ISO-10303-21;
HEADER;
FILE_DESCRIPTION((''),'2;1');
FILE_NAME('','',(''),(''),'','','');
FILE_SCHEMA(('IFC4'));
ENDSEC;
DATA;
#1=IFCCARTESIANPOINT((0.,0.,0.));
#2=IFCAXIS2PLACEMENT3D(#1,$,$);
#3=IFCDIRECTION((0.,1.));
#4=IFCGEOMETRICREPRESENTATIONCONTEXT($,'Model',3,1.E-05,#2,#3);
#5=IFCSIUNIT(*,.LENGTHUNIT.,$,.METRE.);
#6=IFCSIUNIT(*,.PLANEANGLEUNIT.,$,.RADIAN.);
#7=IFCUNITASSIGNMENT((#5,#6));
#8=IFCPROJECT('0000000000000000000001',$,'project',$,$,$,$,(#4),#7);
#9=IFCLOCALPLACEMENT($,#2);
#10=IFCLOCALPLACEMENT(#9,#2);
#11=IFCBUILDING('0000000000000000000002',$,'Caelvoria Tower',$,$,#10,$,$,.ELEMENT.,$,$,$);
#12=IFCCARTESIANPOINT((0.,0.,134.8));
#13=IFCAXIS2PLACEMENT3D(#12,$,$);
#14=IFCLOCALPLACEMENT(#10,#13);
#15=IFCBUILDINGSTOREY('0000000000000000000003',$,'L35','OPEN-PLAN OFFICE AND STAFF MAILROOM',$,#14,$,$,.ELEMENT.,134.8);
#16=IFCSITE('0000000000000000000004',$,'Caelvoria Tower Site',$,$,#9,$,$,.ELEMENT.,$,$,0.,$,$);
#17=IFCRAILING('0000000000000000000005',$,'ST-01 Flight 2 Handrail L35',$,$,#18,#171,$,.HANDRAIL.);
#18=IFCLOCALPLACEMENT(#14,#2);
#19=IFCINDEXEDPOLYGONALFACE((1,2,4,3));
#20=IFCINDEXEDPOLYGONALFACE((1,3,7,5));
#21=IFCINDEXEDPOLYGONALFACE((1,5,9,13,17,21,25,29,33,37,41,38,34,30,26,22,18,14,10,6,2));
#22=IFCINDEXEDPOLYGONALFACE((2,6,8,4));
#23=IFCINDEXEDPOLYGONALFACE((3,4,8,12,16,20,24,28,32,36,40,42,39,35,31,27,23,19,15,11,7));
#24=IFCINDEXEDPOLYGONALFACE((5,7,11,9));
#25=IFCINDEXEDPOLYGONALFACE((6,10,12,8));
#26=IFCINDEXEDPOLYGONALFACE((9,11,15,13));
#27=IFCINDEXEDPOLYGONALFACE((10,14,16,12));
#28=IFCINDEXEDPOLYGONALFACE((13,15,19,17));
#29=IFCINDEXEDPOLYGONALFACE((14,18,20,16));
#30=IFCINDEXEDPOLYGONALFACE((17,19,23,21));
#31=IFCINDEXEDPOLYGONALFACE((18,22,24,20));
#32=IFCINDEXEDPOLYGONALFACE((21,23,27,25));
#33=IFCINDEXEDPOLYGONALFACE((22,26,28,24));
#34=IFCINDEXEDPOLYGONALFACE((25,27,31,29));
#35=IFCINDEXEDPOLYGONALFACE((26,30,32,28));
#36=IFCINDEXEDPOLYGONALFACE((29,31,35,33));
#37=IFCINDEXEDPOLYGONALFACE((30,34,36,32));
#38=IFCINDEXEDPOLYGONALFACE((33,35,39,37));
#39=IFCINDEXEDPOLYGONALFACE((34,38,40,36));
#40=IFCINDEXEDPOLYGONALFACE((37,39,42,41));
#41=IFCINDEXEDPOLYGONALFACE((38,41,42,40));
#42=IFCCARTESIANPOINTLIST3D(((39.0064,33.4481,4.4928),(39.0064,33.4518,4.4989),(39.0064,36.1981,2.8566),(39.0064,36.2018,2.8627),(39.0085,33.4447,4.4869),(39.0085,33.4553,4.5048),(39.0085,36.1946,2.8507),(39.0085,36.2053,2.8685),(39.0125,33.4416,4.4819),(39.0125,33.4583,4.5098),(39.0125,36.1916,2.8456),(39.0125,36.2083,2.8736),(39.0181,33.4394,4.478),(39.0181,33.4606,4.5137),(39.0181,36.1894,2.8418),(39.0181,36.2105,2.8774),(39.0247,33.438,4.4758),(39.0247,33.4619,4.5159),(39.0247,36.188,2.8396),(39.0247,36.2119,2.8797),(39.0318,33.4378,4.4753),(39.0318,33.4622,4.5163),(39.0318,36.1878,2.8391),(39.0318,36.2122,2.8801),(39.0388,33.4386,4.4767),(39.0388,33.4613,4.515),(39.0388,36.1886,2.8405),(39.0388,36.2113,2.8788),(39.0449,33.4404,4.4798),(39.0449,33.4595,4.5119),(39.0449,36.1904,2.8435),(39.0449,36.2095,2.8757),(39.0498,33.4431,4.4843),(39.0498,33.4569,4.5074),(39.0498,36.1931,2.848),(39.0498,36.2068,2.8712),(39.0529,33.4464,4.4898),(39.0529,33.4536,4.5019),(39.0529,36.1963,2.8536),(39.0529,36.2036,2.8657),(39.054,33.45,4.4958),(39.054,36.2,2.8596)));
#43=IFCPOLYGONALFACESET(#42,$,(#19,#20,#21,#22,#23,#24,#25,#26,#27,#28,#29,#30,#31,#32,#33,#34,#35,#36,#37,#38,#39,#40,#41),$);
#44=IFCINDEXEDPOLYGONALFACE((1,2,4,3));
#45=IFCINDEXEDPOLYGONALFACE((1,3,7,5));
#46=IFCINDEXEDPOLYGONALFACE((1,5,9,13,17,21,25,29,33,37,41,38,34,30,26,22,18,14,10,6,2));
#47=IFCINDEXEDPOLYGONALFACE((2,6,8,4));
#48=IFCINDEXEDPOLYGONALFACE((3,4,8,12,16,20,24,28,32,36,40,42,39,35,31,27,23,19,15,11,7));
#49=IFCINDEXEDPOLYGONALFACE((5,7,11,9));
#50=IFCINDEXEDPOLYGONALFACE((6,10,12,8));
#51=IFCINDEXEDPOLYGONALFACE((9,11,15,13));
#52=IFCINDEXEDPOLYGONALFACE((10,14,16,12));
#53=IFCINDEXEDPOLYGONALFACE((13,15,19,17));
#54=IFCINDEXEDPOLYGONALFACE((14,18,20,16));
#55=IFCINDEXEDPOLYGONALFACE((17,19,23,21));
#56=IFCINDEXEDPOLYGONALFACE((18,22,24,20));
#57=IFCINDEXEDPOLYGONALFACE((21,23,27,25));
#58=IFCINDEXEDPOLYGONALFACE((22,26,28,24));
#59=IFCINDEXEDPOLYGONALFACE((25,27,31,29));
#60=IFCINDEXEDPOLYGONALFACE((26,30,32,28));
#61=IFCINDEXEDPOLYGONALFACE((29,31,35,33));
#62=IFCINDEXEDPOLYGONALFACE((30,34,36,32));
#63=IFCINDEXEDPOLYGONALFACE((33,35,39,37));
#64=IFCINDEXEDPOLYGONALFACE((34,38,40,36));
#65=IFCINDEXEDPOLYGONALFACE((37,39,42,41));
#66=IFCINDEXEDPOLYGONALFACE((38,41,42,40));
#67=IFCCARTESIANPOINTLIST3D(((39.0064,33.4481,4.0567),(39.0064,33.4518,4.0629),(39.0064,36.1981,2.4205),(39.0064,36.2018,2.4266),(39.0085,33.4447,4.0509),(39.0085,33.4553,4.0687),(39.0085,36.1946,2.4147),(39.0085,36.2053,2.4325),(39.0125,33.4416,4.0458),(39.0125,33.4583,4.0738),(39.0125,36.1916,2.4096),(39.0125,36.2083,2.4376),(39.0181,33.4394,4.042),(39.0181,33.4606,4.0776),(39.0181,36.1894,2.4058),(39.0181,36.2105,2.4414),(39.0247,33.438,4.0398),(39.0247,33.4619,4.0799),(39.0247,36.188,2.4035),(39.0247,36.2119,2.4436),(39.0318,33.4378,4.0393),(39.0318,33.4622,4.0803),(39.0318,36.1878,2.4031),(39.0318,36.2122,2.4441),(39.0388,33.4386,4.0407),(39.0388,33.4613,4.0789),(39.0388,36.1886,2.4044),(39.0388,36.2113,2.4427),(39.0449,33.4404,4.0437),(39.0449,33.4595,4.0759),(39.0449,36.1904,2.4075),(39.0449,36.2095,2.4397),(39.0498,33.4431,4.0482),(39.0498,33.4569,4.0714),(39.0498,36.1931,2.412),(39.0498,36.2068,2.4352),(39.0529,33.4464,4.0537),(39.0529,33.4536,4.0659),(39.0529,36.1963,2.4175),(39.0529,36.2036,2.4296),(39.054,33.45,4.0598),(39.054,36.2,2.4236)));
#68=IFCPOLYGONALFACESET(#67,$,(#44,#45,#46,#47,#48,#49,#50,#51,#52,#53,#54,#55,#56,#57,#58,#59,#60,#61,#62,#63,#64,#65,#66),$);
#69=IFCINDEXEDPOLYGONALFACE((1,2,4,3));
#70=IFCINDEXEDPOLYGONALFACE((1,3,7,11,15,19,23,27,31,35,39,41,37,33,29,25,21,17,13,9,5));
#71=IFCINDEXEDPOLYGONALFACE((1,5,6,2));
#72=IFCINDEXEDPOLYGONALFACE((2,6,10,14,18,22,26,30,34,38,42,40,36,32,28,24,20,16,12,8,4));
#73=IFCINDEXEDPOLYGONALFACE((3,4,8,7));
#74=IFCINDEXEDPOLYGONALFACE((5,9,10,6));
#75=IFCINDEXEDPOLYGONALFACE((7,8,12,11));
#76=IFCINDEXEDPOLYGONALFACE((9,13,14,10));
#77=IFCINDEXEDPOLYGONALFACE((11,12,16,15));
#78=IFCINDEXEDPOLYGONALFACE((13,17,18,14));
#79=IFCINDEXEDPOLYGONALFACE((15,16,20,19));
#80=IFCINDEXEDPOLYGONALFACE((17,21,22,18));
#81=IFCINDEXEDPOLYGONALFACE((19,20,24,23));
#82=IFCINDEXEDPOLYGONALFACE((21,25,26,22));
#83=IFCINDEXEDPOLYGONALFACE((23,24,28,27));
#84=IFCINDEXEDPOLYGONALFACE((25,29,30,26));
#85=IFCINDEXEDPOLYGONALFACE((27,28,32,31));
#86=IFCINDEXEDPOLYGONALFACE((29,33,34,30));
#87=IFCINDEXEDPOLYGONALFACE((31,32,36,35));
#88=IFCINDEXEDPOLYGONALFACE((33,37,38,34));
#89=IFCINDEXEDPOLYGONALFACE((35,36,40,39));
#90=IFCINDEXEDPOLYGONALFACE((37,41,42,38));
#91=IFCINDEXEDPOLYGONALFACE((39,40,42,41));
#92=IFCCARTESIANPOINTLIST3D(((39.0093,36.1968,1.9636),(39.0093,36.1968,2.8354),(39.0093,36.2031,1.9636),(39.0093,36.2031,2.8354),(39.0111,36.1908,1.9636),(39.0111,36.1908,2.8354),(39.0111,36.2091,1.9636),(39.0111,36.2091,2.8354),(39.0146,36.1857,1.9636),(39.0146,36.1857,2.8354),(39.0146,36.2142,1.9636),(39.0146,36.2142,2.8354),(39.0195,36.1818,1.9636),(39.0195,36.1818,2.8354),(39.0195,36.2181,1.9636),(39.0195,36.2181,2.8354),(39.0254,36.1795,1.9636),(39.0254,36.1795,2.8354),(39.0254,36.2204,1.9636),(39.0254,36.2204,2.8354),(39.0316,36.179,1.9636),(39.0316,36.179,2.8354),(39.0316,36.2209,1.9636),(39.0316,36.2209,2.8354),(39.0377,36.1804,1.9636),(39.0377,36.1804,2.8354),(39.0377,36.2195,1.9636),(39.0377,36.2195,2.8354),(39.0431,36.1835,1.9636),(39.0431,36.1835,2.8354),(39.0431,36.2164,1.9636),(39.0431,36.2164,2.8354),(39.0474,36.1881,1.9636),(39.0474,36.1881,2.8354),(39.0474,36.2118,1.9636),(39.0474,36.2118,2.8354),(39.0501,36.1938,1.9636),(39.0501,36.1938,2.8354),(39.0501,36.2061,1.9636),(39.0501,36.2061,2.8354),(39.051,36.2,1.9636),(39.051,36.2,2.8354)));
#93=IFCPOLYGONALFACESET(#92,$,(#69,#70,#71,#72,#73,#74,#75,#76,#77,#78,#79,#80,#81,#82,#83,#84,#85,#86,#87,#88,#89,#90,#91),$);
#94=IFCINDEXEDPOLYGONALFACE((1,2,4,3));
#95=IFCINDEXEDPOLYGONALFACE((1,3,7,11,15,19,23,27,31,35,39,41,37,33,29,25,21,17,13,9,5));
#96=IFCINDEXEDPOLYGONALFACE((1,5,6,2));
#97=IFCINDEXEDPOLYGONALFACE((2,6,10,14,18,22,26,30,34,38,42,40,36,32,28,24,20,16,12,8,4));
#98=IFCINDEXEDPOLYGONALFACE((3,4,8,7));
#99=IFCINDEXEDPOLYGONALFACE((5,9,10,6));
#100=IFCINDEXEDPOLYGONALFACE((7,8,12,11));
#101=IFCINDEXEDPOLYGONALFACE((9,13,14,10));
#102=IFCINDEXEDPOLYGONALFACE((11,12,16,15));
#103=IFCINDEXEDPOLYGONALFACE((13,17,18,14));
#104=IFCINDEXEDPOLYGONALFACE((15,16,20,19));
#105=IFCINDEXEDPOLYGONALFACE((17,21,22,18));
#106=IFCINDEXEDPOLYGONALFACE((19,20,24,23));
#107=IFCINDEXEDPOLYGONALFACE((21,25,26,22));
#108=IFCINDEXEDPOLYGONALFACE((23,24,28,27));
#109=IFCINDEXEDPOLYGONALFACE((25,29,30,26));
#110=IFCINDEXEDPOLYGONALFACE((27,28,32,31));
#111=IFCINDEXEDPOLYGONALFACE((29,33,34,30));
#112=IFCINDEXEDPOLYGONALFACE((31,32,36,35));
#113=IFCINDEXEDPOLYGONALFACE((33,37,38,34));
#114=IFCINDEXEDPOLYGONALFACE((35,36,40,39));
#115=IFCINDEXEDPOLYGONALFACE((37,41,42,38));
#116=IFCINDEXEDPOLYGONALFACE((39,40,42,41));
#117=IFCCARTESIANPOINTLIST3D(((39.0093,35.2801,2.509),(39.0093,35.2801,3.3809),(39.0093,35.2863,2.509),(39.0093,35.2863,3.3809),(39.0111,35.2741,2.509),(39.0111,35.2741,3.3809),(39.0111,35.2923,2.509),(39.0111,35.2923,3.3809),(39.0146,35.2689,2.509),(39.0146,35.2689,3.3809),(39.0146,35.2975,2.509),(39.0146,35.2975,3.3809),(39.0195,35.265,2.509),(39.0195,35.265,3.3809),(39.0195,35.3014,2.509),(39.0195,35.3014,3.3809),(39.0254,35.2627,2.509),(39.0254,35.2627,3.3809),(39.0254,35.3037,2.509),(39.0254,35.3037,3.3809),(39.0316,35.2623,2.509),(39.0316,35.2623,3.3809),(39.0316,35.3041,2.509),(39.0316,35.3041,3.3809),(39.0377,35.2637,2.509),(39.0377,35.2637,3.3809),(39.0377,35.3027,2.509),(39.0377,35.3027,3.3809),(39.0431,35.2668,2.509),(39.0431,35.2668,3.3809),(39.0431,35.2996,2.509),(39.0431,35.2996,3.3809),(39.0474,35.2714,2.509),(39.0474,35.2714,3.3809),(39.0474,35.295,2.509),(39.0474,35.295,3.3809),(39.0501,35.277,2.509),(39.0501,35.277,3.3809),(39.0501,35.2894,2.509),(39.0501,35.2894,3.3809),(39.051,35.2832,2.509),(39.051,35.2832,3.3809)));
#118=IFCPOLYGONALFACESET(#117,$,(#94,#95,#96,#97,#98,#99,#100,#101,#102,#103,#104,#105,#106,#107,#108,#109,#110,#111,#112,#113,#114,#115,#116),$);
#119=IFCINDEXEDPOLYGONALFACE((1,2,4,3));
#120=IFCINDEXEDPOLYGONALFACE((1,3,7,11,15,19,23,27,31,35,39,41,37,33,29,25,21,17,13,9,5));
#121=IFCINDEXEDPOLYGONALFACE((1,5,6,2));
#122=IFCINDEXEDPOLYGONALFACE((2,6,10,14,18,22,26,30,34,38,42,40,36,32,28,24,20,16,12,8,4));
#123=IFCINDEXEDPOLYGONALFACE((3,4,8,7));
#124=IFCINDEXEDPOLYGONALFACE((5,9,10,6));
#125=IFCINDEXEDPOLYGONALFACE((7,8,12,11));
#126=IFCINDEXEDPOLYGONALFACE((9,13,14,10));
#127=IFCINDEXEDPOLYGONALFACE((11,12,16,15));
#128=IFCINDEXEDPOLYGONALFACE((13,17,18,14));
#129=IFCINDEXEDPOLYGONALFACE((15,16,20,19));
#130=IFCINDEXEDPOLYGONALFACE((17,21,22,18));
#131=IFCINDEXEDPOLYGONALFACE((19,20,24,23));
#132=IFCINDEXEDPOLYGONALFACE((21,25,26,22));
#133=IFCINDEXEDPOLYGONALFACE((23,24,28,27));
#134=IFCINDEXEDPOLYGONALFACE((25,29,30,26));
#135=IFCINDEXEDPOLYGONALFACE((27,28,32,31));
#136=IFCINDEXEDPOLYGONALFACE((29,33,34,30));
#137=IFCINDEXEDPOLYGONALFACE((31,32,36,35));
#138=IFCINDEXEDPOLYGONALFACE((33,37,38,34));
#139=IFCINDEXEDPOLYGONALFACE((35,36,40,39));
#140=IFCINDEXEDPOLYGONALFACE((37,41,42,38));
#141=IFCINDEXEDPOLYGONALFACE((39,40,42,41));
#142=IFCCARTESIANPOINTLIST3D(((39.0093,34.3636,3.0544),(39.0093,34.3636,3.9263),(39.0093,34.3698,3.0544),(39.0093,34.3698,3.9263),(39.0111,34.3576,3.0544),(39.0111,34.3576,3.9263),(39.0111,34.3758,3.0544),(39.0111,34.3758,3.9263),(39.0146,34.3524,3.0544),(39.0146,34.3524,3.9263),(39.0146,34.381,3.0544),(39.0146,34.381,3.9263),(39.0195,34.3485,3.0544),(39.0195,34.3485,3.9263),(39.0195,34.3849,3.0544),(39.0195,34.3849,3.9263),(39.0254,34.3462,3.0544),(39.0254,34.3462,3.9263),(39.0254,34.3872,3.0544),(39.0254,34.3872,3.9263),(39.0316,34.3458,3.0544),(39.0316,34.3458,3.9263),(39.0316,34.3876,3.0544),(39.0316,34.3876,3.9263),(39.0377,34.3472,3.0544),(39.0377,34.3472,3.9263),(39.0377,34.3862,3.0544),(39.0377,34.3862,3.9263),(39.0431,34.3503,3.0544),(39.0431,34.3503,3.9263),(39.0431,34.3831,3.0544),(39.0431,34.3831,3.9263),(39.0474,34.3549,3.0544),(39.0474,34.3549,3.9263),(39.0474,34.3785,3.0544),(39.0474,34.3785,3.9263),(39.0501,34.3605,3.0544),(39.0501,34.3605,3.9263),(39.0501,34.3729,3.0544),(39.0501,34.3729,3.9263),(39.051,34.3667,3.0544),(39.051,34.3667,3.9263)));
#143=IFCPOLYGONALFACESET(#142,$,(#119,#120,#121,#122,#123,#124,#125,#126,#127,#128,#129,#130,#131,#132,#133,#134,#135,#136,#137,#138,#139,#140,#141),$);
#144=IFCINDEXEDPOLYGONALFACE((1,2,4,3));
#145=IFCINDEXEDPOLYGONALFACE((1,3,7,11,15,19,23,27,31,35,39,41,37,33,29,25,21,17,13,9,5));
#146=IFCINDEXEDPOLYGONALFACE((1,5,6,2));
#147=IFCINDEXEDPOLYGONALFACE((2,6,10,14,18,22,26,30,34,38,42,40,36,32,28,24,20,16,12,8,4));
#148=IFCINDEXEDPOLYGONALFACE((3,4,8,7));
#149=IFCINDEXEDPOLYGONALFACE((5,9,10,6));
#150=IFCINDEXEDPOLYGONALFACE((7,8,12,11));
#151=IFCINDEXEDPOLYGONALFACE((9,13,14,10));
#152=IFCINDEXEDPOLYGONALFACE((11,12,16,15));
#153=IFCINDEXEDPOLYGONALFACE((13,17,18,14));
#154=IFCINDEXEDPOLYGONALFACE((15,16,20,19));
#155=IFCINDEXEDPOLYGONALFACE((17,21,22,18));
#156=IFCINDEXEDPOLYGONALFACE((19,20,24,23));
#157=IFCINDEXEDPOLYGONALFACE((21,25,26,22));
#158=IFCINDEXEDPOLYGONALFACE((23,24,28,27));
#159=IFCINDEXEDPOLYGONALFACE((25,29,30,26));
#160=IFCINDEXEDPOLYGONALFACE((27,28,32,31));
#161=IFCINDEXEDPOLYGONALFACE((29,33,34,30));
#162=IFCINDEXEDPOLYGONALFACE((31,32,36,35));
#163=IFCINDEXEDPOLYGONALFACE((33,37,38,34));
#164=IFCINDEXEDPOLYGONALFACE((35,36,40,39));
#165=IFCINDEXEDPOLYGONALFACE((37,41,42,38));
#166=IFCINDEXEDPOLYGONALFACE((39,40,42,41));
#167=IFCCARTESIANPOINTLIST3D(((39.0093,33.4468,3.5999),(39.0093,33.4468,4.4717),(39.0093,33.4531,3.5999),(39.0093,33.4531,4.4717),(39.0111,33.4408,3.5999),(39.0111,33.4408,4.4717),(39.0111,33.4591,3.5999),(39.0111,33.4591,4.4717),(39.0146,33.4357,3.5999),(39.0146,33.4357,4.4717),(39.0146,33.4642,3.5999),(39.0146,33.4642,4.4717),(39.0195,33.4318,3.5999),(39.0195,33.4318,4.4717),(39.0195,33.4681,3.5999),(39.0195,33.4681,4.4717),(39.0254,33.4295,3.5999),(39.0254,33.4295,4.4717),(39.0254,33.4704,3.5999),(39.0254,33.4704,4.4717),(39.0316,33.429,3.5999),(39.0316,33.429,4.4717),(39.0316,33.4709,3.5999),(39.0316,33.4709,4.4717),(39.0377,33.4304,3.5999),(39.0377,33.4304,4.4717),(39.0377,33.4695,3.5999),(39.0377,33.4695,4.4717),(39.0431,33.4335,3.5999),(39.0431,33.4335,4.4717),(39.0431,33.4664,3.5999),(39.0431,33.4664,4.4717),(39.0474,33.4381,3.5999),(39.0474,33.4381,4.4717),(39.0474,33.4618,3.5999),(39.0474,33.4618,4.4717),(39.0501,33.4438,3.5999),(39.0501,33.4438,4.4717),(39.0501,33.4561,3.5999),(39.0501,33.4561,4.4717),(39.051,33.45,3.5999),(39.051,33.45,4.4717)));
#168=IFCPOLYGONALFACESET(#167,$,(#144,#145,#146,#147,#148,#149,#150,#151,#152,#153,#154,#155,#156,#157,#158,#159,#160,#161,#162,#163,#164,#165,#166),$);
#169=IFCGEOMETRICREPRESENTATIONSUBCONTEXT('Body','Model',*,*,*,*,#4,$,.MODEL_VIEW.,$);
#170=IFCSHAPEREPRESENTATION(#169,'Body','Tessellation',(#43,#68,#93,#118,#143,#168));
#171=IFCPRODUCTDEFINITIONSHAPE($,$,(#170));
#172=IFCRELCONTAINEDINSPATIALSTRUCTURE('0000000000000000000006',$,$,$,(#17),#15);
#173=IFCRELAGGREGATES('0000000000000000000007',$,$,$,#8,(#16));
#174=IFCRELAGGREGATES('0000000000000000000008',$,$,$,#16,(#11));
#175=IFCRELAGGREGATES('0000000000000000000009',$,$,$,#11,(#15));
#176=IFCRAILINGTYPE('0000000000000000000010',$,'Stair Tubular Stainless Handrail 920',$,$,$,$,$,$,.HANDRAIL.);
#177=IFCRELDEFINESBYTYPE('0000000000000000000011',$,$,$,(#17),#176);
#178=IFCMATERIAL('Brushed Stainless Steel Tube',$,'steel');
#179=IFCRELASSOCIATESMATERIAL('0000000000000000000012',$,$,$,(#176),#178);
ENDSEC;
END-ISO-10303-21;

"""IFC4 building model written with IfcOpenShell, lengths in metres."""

from ifc_helpers import new_model, si_unit, direction, frame, origin, origin_2d, place, context, subcontext, project, spatial, circle, extrude, material, type_object, element, save


model = new_model("IFC4")

# Units and contexts
model_context = context("Model", 3, precision=1e-05, world=origin(), true_north=direction((0.0, 1.0)))
body_context = subcontext(model_context, "Body", "Model", "MODEL_VIEW")
ifc_project = project(units=[si_unit("LENGTHUNIT", "METRE"), si_unit("PLANEANGLEUNIT", "RADIAN")], contexts=[model_context])

# Site, building, storey
site_placement = place(None, origin())
site = spatial("IfcSite", under=ifc_project, at=site_placement, Name="Caelvoria Tower Site", CompositionType="ELEMENT", RefElevation=0.0)
building_placement = place(site_placement, origin())
building = spatial("IfcBuilding", under=site, at=building_placement, Name="Caelvoria Tower", CompositionType="ELEMENT")
storey_placement = place(building_placement, frame((0.0, 0.0, 134.8)))
storey = spatial("IfcBuildingStorey", under=building, at=storey_placement, Name="L35", Description="OPEN-PLAN OFFICE AND STAFF MAILROOM", CompositionType="ELEMENT", Elevation=134.8)

# Railing
ifc_material_1 = material(Name="Brushed Stainless Steel Tube", Category="steel")
railing_type_1 = type_object("IfcRailingType", Name="Stair Tubular Stainless Handrail 920", PredefinedType="HANDRAIL", material=ifc_material_1)
railing_1_placement = place(storey_placement, frame((39.03, 36.2, 1.9636)))
element("IfcRailing", 1, at=railing_1_placement, inside=storey, type_object=railing_type_1, Name="ST-01 Flight 2 Handrail L35", PredefinedType="HANDRAIL", context=body_context, shape_type="SweptSolid", body=[
    extrude(circle(Radius=0.0239, at=origin_2d()), frame((0.0, 0.0, 0.896), z_axis=(0.0, -0.859385, 0.511328), x_axis=(1.0, 0.0, 0.0)), (0.0, 0.0, 1.0), 3.2),
    extrude(circle(Radius=0.0239, at=origin_2d()), frame((0.0, 0.0, 0.46), z_axis=(0.0, -0.859385, 0.511328), x_axis=(1.0, 0.0, 0.0)), (0.0, 0.0, 1.0), 3.2),
    extrude(circle(Radius=0.021, at=origin_2d()), origin(), (0.0, 0.0, 1.0), 0.8718),
    extrude(circle(Radius=0.021, at=origin_2d()), frame((0.0, -0.9167, 0.5454)), (0.0, 0.0, 1.0), 0.8718),
    extrude(circle(Radius=0.021, at=origin_2d()), frame((0.0, -1.8333, 1.0908)), (0.0, 0.0, 1.0), 0.8718),
    extrude(circle(Radius=0.021, at=origin_2d()), frame((0.0, -2.75, 1.6362)), (0.0, 0.0, 1.0), 0.8718),
])

save(model, "model.ifc")
